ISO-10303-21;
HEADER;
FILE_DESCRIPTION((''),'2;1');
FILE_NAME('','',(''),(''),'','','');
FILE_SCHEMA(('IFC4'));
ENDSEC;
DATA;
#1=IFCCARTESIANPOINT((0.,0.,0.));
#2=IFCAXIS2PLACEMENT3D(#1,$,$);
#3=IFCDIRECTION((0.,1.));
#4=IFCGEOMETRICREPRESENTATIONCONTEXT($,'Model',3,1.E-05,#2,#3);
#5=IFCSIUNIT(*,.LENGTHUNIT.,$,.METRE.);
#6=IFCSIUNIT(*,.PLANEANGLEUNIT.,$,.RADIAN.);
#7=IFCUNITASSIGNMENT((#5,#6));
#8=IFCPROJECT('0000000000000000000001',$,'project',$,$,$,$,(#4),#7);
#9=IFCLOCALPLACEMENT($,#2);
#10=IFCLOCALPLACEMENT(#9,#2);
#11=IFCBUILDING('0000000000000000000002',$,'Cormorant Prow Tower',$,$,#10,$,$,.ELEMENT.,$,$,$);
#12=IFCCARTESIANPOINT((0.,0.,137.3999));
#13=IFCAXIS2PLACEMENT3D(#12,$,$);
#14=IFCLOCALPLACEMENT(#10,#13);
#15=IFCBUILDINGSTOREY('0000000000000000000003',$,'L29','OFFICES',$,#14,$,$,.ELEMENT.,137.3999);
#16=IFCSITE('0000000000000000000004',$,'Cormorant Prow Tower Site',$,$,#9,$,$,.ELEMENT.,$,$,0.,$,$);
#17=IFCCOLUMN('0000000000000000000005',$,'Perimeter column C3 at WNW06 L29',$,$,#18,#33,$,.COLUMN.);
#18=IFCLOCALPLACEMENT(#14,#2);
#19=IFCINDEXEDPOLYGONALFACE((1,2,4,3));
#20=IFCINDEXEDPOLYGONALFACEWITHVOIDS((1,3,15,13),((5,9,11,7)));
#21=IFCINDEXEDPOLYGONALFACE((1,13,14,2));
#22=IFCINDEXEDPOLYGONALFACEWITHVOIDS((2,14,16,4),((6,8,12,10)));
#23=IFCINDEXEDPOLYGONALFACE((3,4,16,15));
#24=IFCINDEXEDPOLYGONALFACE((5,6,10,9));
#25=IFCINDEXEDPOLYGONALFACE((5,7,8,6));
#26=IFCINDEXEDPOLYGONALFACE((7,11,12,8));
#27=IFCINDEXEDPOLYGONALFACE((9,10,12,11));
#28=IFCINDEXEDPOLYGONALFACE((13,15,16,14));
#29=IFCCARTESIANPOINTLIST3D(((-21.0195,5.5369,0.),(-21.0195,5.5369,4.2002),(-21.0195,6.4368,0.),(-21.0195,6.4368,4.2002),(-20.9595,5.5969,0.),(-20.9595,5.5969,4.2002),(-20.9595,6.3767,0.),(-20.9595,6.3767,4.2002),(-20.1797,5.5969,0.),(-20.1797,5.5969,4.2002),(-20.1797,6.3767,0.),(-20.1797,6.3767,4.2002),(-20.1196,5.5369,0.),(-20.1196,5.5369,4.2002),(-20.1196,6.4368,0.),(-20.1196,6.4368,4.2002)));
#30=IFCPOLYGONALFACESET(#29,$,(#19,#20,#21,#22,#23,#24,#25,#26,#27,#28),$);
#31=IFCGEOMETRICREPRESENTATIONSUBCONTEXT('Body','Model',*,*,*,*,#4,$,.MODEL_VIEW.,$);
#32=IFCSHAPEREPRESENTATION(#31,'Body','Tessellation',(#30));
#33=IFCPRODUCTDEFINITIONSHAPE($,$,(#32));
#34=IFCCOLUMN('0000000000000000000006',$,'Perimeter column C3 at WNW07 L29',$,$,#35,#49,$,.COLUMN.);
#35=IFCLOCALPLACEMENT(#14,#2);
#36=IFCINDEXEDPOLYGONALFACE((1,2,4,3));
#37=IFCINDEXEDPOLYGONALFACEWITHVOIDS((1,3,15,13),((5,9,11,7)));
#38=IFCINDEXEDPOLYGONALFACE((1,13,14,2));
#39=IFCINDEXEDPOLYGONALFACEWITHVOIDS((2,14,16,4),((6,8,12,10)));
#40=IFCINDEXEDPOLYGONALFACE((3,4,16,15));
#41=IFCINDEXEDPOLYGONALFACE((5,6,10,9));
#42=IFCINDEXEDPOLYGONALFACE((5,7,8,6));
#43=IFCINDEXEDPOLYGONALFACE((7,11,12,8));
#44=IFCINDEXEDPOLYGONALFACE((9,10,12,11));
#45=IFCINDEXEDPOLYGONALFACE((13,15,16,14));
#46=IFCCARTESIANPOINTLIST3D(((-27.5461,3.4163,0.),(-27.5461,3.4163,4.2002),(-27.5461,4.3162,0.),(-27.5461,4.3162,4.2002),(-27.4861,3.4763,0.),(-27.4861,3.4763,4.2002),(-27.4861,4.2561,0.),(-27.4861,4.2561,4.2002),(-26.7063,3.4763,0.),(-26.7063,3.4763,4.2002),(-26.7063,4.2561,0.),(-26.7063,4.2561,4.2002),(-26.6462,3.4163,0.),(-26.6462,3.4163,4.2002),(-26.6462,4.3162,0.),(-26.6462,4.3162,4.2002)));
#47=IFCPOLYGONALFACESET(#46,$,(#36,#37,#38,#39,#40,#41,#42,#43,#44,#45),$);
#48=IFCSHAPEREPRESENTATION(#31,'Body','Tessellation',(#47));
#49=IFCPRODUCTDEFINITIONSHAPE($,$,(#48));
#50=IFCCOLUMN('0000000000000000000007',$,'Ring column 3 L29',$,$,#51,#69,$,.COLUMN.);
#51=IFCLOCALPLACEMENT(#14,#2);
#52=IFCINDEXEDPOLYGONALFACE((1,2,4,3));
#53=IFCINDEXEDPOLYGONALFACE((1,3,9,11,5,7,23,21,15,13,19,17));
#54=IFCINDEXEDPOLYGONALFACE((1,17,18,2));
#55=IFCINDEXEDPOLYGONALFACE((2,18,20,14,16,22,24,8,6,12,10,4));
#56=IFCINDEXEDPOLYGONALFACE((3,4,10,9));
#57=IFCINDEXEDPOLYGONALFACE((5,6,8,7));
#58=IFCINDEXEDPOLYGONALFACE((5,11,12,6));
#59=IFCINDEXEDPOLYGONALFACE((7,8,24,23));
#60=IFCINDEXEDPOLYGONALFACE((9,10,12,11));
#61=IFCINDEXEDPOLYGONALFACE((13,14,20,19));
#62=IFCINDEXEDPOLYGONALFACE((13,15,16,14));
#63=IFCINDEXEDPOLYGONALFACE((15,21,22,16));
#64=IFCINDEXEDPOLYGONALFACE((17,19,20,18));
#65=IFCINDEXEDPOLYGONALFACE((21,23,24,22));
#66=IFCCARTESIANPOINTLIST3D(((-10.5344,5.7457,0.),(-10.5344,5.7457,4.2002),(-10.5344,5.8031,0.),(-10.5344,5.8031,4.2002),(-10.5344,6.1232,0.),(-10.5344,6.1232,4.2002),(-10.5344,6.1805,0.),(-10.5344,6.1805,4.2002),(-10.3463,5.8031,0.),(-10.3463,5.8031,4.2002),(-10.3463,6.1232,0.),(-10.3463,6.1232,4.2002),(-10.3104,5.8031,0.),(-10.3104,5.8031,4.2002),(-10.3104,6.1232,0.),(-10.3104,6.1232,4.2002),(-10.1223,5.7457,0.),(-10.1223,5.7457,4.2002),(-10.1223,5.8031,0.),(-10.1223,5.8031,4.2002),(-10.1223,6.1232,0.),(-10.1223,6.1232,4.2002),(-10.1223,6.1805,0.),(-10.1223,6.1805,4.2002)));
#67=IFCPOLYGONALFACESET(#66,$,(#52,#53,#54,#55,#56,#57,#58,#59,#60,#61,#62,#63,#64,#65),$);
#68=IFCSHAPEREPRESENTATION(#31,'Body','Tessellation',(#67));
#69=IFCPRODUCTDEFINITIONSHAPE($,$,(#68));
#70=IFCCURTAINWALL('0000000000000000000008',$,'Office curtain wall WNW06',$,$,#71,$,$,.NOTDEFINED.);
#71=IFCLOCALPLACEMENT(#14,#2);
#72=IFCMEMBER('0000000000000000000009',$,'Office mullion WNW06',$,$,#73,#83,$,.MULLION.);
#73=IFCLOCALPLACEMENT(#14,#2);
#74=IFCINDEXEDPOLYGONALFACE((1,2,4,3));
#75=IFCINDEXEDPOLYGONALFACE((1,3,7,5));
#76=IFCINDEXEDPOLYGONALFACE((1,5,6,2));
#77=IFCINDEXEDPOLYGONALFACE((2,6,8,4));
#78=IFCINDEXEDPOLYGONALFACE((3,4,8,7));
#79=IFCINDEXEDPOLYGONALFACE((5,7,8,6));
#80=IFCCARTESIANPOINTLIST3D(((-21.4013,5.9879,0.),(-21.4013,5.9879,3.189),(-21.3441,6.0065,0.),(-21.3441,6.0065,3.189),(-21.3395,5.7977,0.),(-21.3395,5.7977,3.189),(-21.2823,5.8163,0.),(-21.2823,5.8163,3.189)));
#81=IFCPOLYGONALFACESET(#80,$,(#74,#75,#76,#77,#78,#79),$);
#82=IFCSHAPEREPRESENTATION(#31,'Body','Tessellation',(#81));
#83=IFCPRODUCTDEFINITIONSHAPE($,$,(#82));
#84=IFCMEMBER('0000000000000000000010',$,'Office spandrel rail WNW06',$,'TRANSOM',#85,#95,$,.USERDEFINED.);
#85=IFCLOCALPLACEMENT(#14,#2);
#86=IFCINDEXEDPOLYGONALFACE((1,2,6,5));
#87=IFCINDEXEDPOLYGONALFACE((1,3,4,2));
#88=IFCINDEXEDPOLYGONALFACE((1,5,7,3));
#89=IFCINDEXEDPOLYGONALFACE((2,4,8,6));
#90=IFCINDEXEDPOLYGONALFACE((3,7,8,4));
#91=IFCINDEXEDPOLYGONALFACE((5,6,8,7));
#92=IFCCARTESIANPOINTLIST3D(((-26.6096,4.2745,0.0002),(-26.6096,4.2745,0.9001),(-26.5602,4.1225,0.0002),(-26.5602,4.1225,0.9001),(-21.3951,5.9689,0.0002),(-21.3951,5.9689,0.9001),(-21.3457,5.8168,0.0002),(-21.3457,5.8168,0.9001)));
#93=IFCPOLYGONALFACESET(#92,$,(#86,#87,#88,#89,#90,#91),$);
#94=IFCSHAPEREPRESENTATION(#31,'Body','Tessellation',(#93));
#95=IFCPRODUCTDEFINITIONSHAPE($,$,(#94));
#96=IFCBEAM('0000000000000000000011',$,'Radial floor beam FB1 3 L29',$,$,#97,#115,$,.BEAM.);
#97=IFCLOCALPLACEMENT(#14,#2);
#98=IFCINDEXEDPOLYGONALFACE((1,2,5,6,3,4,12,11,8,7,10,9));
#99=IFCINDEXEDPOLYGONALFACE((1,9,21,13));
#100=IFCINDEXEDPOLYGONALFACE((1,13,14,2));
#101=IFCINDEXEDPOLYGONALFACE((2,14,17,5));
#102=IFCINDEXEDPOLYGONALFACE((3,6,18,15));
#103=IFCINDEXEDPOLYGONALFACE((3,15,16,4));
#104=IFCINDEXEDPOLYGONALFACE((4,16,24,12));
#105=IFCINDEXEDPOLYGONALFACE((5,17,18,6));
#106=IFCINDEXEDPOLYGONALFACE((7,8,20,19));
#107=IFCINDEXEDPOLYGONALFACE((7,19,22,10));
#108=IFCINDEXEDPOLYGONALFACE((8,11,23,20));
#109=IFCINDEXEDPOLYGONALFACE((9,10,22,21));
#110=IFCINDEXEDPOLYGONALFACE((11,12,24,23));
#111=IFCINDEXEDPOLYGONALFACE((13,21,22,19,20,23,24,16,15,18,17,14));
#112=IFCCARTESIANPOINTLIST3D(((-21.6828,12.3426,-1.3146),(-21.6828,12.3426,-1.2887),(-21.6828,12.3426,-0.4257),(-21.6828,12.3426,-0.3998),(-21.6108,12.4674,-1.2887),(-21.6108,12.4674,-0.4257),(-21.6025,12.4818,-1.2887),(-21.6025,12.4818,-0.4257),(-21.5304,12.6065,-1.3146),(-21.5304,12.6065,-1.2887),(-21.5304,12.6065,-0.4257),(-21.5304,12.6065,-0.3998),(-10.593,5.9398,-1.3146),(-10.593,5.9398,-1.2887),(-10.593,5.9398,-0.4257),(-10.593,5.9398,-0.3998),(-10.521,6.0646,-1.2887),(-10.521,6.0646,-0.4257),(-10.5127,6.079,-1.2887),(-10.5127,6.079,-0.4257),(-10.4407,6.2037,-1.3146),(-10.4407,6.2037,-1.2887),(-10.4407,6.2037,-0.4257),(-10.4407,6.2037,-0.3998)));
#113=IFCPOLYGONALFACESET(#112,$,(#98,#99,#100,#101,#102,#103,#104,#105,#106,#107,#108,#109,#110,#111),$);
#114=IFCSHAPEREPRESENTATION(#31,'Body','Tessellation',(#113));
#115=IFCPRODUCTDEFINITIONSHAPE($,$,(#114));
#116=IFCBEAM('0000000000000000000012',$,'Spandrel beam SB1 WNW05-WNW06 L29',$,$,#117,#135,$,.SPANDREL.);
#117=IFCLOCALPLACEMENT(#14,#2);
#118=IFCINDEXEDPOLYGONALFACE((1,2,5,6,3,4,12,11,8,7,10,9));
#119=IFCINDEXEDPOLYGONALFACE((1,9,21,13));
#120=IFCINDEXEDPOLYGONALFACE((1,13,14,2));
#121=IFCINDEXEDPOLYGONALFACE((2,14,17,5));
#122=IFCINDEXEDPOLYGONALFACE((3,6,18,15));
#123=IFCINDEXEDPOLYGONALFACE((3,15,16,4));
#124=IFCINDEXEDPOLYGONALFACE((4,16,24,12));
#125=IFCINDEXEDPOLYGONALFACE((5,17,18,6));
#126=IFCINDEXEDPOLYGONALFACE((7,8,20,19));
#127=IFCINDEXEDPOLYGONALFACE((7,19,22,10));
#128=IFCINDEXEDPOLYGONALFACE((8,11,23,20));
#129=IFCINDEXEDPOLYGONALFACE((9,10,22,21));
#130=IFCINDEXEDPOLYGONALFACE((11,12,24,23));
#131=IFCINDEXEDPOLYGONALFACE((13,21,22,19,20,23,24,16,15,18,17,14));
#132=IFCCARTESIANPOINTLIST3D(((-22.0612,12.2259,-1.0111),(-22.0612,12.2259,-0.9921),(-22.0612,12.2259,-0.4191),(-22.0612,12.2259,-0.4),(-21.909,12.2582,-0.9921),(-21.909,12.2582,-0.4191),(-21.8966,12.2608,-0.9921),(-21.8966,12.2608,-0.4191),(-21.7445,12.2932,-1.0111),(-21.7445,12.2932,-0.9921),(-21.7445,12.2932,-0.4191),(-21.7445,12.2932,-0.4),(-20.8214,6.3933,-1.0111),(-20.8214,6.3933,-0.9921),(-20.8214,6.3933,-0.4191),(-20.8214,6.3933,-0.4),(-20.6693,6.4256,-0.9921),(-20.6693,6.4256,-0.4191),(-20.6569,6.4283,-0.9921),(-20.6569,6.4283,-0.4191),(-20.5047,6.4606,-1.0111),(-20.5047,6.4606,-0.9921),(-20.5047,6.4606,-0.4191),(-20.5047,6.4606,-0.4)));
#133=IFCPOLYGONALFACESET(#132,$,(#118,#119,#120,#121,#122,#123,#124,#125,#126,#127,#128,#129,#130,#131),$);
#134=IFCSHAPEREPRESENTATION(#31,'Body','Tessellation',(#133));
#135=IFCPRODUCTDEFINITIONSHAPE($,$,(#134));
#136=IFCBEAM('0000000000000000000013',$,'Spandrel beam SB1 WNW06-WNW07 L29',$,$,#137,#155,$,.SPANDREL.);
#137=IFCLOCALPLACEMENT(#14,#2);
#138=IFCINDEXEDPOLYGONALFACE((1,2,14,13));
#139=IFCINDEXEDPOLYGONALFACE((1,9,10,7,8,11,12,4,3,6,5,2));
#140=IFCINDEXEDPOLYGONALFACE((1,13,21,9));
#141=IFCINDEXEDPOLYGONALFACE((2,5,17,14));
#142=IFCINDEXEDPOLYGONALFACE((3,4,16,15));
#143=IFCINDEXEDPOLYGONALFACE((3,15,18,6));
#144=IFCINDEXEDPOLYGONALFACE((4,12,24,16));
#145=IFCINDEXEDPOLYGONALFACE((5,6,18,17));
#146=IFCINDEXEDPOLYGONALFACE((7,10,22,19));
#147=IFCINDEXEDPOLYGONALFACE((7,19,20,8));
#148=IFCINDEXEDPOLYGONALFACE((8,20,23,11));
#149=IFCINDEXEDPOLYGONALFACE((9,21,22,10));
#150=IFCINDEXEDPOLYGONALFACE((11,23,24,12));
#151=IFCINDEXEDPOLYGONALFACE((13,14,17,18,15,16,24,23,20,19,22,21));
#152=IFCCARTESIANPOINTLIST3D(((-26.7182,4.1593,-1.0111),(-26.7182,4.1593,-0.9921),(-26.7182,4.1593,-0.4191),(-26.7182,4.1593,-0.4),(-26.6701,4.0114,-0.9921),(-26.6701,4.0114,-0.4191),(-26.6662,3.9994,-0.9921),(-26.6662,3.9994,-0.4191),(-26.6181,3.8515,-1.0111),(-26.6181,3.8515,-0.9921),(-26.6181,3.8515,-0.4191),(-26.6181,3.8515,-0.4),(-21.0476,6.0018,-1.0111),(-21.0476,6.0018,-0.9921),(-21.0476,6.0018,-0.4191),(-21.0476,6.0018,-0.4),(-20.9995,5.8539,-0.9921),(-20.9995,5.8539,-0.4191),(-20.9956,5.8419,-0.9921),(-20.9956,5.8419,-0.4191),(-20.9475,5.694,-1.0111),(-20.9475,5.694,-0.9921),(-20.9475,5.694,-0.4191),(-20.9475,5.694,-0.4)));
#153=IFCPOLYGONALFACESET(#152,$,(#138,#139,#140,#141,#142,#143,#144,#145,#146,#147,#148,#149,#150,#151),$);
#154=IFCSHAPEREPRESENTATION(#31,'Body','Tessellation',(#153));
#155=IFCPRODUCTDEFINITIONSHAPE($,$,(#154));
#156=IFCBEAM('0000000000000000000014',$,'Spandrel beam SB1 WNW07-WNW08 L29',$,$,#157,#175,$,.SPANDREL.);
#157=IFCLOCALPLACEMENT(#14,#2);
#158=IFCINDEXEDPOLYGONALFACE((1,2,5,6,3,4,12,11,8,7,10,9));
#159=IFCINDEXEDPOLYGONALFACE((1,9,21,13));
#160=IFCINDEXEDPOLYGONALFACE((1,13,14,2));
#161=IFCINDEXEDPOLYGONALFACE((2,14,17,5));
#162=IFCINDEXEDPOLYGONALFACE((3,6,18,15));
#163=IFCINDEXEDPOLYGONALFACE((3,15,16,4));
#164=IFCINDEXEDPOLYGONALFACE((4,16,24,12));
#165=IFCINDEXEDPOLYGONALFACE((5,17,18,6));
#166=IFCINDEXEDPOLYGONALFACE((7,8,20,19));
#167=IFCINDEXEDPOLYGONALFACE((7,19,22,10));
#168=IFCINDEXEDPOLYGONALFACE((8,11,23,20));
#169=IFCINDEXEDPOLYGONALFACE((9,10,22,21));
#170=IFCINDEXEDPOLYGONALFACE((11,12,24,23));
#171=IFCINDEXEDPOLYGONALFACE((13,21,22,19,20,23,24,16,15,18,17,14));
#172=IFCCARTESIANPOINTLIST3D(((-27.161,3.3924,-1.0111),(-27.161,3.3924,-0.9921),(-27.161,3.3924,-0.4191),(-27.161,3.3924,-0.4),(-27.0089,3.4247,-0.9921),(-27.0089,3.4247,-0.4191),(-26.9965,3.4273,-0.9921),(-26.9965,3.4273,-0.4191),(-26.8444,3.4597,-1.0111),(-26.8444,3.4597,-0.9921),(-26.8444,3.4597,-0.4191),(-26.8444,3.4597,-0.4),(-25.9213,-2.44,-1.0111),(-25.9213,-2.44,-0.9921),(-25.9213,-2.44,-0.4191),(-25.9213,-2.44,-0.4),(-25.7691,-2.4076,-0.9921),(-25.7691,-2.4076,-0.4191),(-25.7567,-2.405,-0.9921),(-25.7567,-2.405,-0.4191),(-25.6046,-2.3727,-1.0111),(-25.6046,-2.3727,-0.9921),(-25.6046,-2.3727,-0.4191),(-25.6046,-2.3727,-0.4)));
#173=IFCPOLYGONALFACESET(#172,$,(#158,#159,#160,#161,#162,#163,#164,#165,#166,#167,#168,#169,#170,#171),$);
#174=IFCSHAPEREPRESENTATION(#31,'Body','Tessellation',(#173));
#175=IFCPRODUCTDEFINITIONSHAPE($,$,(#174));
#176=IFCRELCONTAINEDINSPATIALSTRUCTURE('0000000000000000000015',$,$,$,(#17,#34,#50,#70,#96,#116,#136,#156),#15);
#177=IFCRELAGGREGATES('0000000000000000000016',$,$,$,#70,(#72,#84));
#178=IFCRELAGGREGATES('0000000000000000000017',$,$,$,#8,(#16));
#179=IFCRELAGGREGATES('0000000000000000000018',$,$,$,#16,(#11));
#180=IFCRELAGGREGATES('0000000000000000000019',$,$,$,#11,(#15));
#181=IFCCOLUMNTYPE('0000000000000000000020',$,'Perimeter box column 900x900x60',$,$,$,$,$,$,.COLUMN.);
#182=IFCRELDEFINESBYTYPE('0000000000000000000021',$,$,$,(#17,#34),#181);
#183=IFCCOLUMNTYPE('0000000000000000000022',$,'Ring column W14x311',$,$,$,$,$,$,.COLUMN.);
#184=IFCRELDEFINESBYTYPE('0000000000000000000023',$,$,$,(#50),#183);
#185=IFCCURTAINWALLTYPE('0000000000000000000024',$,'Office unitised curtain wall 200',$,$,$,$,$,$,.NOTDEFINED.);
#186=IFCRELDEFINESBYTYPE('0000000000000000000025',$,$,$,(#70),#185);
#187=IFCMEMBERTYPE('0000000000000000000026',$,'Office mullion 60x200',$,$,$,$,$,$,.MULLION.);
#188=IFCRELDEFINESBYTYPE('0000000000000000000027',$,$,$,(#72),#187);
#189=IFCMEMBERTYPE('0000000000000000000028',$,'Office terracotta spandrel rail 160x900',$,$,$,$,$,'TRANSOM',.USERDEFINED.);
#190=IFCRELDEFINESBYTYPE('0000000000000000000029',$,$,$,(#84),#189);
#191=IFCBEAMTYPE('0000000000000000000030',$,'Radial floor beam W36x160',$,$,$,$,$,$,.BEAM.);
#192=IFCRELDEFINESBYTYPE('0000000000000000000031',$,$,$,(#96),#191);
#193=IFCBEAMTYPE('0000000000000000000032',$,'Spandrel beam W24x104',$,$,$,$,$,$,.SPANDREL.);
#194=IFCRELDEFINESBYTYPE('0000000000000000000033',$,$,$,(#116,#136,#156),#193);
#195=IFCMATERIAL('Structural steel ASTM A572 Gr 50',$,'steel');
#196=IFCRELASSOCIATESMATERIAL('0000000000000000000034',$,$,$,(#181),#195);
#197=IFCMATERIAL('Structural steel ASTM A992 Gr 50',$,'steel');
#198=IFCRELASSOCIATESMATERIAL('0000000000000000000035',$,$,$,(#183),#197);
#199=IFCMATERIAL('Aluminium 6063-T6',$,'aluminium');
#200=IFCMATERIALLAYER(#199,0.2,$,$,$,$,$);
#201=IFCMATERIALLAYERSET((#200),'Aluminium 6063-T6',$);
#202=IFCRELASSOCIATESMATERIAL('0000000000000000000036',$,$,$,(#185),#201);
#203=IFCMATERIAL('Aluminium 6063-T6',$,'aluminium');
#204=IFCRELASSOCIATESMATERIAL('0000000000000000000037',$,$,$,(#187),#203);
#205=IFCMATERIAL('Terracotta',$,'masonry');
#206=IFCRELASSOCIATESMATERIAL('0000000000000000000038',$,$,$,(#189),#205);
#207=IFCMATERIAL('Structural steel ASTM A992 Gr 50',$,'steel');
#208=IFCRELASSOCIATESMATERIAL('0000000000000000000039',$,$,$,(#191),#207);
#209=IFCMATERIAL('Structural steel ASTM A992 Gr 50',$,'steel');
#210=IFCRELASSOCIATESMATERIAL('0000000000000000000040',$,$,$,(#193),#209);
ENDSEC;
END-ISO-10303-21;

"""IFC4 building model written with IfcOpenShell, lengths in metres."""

from ifc_helpers import new_model, si_unit, direction, frame, origin, origin_2d, place, context, subcontext, project, spatial, rectangle, hollow_rectangle, i_section, extrude, material, layer, layer_set, material_profile, profile_set, type_object, element, aggregate, save


model = new_model("IFC4")

# Units and contexts
model_context = context("Model", 3, precision=1e-05, world=origin(), true_north=direction((0.0, 1.0)))
body_context = subcontext(model_context, "Body", "Model", "MODEL_VIEW")
ifc_project = project(units=[si_unit("LENGTHUNIT", "METRE"), si_unit("PLANEANGLEUNIT", "RADIAN")], contexts=[model_context])

# Site, building, storey
site_placement = place(None, origin())
site = spatial("IfcSite", under=ifc_project, at=site_placement, Name="Cormorant Prow Tower Site", CompositionType="ELEMENT", RefElevation=0.0)
building_placement = place(site_placement, origin())
building = spatial("IfcBuilding", under=site, at=building_placement, Name="Cormorant Prow Tower", CompositionType="ELEMENT")
storey_placement = place(building_placement, frame((0.0, 0.0, 137.3999)))
storey = spatial("IfcBuildingStorey", under=building, at=storey_placement, Name="L29", Description="OFFICES", CompositionType="ELEMENT", Elevation=137.3999)

# Columns
ifc_material_1 = material(Name="Structural steel ASTM A572 Gr 50", Category="steel")
ifc_material_profile_1 = material_profile(ifc_material_1, hollow_rectangle(XDim=0.8999, YDim=0.8999, WallThickness=0.0601, at=origin_2d()), Name="Box 900x900x60")
ifc_profile_set_1 = profile_set([ifc_material_profile_1], Name="Structural steel ASTM A572 Gr 50")
column_type_1 = type_object("IfcColumnType", Name="Perimeter box column 900x900x60", PredefinedType="COLUMN", material=ifc_profile_set_1)
for number, where, z_axis, x_axis, name in (
    (1, (-20.5696, 5.9868, 0.0), (0.0, 0.0, 1.0), (1.0, 0.0, 0.0), "Perimeter column C3 at WNW06 L29"),
    (2, (-27.0962, 3.8662, 0.0), (0.0, 0.0, 1.0), (1.0, 0.0, 0.0), "Perimeter column C3 at WNW07 L29"),
):
    element("IfcColumn", number, at=place(storey_placement, frame(where, z_axis=z_axis, x_axis=x_axis)), inside=storey, type_object=column_type_1, Name=name, PredefinedType="COLUMN", context=body_context, shape_type="SweptSolid", body=[
        extrude(hollow_rectangle(XDim=0.8999, YDim=0.8999, WallThickness=0.0601, at=origin_2d()), origin(), (0.0, 0.0, 1.0), 4.2002),
    ])
ifc_material_2 = material(Name="Structural steel ASTM A992 Gr 50", Category="steel")
ifc_material_profile_2 = material_profile(ifc_material_2, i_section(OverallWidth=0.4121, OverallDepth=0.4348, WebThickness=0.0359, FlangeThickness=0.0574, at=origin_2d()), Name="W14x311")
ifc_profile_set_2 = profile_set([ifc_material_profile_2], Name="Structural steel ASTM A992 Gr 50")
column_type_2 = type_object("IfcColumnType", Name="Ring column W14x311", PredefinedType="COLUMN", material=ifc_profile_set_2)
column_placement = place(storey_placement, frame((-10.3284, 5.9631, 0.0), z_axis=(0.0, 0.0, 1.0), x_axis=(1.0, 0.0, 0.0)))
element("IfcColumn", 3, at=column_placement, inside=storey, type_object=column_type_2, Name="Ring column 3 L29", PredefinedType="COLUMN", context=body_context, shape_type="SweptSolid", body=[
    extrude(i_section(OverallWidth=0.4121, OverallDepth=0.4348, WebThickness=0.0359, FlangeThickness=0.0574, at=origin_2d()), origin(), (0.0, 0.0, 1.0), 4.2002),
])

# Curtain wall, members
ifc_material_3 = material(Name="Aluminium 6063-T6", Category="aluminium")
ifc_layer_1 = layer(ifc_material_3, 0.2)
ifc_layer_set_1 = layer_set([ifc_layer_1], Name="Aluminium 6063-T6")
curtain_wall_type = type_object("IfcCurtainWallType", Name="Office unitised curtain wall 200", PredefinedType="NOTDEFINED", material=ifc_layer_set_1)
curtain_wall_placement = place(storey_placement, origin())
curtain_wall = element("IfcCurtainWall", 4, at=curtain_wall_placement, inside=storey, type_object=curtain_wall_type, Name="Office curtain wall WNW06", PredefinedType="NOTDEFINED")
ifc_material_4 = material(Name="Aluminium 6063-T6", Category="aluminium")
ifc_material_profile_3 = material_profile(ifc_material_4, rectangle(XDim=0.2, YDim=0.0601, at=origin_2d()), Name="Office mullion 60x200")
ifc_profile_set_3 = profile_set([ifc_material_profile_3], Name="Aluminium 6063-T6")
member_type_1 = type_object("IfcMemberType", Name="Office mullion 60x200", PredefinedType="MULLION", material=ifc_profile_set_3)
member_1_placement = place(storey_placement, frame((-21.3418, 5.9021, 0.0), z_axis=(0.0, 0.0, 1.0), x_axis=(0.309017, -0.951057, 0.0)))
member_1 = element("IfcMember", 5, at=member_1_placement, type_object=member_type_1, Name="Office mullion WNW06", PredefinedType="MULLION", context=body_context, shape_type="SweptSolid", body=[
    extrude(rectangle(XDim=0.2, YDim=0.0601, at=origin_2d()), origin(), (0.0, 0.0, 1.0), 3.189),
])
ifc_material_5 = material(Name="Terracotta", Category="masonry")
ifc_material_profile_4 = material_profile(ifc_material_5, rectangle(XDim=0.1599, YDim=0.8999, at=origin_2d()), Name="Office terracotta spandrel rail 160x900")
ifc_profile_set_4 = profile_set([ifc_material_profile_4], Name="Terracotta")
member_type_2 = type_object("IfcMemberType", Name="Office terracotta spandrel rail 160x900", ElementType="TRANSOM", PredefinedType="USERDEFINED", material=ifc_profile_set_4)
member_2_placement = place(storey_placement, frame((-21.3704, 5.8928, 0.4502), z_axis=(-0.951056, -0.309019, 0.0), x_axis=(0.309019, -0.951056, 0.0)))
member_2 = element("IfcMember", 6, at=member_2_placement, type_object=member_type_2, Name="Office spandrel rail WNW06", ObjectType="TRANSOM", PredefinedType="USERDEFINED", context=body_context, shape_type="SweptSolid", body=[
    extrude(rectangle(XDim=0.1599, YDim=0.8999, at=origin_2d()), origin(), (0.0, 0.0, 1.0), 5.4829),
])

# Beams
ifc_material_6 = material(Name="Structural steel ASTM A992 Gr 50", Category="steel")
ifc_material_profile_5 = material_profile(ifc_material_6, i_section(OverallWidth=0.3047, OverallDepth=0.9148, WebThickness=0.0166, FlangeThickness=0.0259, at=origin_2d()), Name="W36x160")
ifc_profile_set_5 = profile_set([ifc_material_profile_5], Name="Structural steel ASTM A992 Gr 50")
beam_type_1 = type_object("IfcBeamType", Name="Radial floor beam W36x160", PredefinedType="BEAM", material=ifc_profile_set_5)
beam_1_placement = place(storey_placement, frame((-10.5168, 6.0718, -0.8572), z_axis=(-0.866022, 0.500006, 0.0), x_axis=(-0.500006, -0.866022, 0.0)))
element("IfcBeam", 7, at=beam_1_placement, inside=storey, type_object=beam_type_1, Name="Radial floor beam FB1 3 L29", PredefinedType="BEAM", context=body_context, shape_type="SweptSolid", body=[
    extrude(i_section(OverallWidth=0.3047, OverallDepth=0.9148, WebThickness=0.0166, FlangeThickness=0.0259, at=origin_2d()), origin(), (0.0, 0.0, 1.0), 12.8054),
])
ifc_material_7 = material(Name="Structural steel ASTM A992 Gr 50", Category="steel")
ifc_material_profile_6 = material_profile(ifc_material_7, i_section(OverallWidth=0.3237, OverallDepth=0.6111, WebThickness=0.0127, FlangeThickness=0.019, at=origin_2d()), Name="W24x104")
ifc_profile_set_6 = profile_set([ifc_material_profile_6], Name="Structural steel ASTM A992 Gr 50")
beam_type_2 = type_object("IfcBeamType", Name="Spandrel beam W24x104", PredefinedType="SPANDREL", material=ifc_profile_set_6)
beam_2_placement = place(storey_placement, frame((-21.9028, 12.2595, -0.7056), z_axis=(0.207913, -0.978147, 0.0), x_axis=(0.978147, 0.207913, 0.0)))
element("IfcBeam", 8, at=beam_2_placement, inside=storey, type_object=beam_type_2, Name="Spandrel beam SB1 WNW05-WNW06 L29", PredefinedType="SPANDREL", context=body_context, shape_type="SweptSolid", body=[
    extrude(i_section(OverallWidth=0.3237, OverallDepth=0.6111, WebThickness=0.0127, FlangeThickness=0.019, at=origin_2d()), origin(), (0.0, 0.0, 1.0), 5.9629),
])
beam_3_placement = place(storey_placement, frame((-20.9976, 5.8479, -0.7056), z_axis=(-0.951055, -0.30902, 0.0), x_axis=(0.30902, -0.951055, 0.0)))
element("IfcBeam", 9, at=beam_3_placement, inside=storey, type_object=beam_type_2, Name="Spandrel beam SB1 WNW06-WNW07 L29", PredefinedType="SPANDREL", context=body_context, shape_type="SweptSolid", body=[
    extrude(i_section(OverallWidth=0.3237, OverallDepth=0.6111, WebThickness=0.0127, FlangeThickness=0.019, at=origin_2d()), origin(), (0.0, 0.0, 1.0), 5.9624),
])
beam_4_placement = place(storey_placement, frame((-27.0027, 3.426, -0.7056), z_axis=(0.207921, -0.978146, 0.0), x_axis=(0.978146, 0.207921, 0.0)))
element("IfcBeam", 10, at=beam_4_placement, inside=storey, type_object=beam_type_2, Name="Spandrel beam SB1 WNW07-WNW08 L29", PredefinedType="SPANDREL", context=body_context, shape_type="SweptSolid", body=[
    extrude(i_section(OverallWidth=0.3237, OverallDepth=0.6111, WebThickness=0.0127, FlangeThickness=0.019, at=origin_2d()), origin(), (0.0, 0.0, 1.0), 5.9626),
])

aggregate(curtain_wall, [member_1, member_2])

save(model, "model.ifc")
